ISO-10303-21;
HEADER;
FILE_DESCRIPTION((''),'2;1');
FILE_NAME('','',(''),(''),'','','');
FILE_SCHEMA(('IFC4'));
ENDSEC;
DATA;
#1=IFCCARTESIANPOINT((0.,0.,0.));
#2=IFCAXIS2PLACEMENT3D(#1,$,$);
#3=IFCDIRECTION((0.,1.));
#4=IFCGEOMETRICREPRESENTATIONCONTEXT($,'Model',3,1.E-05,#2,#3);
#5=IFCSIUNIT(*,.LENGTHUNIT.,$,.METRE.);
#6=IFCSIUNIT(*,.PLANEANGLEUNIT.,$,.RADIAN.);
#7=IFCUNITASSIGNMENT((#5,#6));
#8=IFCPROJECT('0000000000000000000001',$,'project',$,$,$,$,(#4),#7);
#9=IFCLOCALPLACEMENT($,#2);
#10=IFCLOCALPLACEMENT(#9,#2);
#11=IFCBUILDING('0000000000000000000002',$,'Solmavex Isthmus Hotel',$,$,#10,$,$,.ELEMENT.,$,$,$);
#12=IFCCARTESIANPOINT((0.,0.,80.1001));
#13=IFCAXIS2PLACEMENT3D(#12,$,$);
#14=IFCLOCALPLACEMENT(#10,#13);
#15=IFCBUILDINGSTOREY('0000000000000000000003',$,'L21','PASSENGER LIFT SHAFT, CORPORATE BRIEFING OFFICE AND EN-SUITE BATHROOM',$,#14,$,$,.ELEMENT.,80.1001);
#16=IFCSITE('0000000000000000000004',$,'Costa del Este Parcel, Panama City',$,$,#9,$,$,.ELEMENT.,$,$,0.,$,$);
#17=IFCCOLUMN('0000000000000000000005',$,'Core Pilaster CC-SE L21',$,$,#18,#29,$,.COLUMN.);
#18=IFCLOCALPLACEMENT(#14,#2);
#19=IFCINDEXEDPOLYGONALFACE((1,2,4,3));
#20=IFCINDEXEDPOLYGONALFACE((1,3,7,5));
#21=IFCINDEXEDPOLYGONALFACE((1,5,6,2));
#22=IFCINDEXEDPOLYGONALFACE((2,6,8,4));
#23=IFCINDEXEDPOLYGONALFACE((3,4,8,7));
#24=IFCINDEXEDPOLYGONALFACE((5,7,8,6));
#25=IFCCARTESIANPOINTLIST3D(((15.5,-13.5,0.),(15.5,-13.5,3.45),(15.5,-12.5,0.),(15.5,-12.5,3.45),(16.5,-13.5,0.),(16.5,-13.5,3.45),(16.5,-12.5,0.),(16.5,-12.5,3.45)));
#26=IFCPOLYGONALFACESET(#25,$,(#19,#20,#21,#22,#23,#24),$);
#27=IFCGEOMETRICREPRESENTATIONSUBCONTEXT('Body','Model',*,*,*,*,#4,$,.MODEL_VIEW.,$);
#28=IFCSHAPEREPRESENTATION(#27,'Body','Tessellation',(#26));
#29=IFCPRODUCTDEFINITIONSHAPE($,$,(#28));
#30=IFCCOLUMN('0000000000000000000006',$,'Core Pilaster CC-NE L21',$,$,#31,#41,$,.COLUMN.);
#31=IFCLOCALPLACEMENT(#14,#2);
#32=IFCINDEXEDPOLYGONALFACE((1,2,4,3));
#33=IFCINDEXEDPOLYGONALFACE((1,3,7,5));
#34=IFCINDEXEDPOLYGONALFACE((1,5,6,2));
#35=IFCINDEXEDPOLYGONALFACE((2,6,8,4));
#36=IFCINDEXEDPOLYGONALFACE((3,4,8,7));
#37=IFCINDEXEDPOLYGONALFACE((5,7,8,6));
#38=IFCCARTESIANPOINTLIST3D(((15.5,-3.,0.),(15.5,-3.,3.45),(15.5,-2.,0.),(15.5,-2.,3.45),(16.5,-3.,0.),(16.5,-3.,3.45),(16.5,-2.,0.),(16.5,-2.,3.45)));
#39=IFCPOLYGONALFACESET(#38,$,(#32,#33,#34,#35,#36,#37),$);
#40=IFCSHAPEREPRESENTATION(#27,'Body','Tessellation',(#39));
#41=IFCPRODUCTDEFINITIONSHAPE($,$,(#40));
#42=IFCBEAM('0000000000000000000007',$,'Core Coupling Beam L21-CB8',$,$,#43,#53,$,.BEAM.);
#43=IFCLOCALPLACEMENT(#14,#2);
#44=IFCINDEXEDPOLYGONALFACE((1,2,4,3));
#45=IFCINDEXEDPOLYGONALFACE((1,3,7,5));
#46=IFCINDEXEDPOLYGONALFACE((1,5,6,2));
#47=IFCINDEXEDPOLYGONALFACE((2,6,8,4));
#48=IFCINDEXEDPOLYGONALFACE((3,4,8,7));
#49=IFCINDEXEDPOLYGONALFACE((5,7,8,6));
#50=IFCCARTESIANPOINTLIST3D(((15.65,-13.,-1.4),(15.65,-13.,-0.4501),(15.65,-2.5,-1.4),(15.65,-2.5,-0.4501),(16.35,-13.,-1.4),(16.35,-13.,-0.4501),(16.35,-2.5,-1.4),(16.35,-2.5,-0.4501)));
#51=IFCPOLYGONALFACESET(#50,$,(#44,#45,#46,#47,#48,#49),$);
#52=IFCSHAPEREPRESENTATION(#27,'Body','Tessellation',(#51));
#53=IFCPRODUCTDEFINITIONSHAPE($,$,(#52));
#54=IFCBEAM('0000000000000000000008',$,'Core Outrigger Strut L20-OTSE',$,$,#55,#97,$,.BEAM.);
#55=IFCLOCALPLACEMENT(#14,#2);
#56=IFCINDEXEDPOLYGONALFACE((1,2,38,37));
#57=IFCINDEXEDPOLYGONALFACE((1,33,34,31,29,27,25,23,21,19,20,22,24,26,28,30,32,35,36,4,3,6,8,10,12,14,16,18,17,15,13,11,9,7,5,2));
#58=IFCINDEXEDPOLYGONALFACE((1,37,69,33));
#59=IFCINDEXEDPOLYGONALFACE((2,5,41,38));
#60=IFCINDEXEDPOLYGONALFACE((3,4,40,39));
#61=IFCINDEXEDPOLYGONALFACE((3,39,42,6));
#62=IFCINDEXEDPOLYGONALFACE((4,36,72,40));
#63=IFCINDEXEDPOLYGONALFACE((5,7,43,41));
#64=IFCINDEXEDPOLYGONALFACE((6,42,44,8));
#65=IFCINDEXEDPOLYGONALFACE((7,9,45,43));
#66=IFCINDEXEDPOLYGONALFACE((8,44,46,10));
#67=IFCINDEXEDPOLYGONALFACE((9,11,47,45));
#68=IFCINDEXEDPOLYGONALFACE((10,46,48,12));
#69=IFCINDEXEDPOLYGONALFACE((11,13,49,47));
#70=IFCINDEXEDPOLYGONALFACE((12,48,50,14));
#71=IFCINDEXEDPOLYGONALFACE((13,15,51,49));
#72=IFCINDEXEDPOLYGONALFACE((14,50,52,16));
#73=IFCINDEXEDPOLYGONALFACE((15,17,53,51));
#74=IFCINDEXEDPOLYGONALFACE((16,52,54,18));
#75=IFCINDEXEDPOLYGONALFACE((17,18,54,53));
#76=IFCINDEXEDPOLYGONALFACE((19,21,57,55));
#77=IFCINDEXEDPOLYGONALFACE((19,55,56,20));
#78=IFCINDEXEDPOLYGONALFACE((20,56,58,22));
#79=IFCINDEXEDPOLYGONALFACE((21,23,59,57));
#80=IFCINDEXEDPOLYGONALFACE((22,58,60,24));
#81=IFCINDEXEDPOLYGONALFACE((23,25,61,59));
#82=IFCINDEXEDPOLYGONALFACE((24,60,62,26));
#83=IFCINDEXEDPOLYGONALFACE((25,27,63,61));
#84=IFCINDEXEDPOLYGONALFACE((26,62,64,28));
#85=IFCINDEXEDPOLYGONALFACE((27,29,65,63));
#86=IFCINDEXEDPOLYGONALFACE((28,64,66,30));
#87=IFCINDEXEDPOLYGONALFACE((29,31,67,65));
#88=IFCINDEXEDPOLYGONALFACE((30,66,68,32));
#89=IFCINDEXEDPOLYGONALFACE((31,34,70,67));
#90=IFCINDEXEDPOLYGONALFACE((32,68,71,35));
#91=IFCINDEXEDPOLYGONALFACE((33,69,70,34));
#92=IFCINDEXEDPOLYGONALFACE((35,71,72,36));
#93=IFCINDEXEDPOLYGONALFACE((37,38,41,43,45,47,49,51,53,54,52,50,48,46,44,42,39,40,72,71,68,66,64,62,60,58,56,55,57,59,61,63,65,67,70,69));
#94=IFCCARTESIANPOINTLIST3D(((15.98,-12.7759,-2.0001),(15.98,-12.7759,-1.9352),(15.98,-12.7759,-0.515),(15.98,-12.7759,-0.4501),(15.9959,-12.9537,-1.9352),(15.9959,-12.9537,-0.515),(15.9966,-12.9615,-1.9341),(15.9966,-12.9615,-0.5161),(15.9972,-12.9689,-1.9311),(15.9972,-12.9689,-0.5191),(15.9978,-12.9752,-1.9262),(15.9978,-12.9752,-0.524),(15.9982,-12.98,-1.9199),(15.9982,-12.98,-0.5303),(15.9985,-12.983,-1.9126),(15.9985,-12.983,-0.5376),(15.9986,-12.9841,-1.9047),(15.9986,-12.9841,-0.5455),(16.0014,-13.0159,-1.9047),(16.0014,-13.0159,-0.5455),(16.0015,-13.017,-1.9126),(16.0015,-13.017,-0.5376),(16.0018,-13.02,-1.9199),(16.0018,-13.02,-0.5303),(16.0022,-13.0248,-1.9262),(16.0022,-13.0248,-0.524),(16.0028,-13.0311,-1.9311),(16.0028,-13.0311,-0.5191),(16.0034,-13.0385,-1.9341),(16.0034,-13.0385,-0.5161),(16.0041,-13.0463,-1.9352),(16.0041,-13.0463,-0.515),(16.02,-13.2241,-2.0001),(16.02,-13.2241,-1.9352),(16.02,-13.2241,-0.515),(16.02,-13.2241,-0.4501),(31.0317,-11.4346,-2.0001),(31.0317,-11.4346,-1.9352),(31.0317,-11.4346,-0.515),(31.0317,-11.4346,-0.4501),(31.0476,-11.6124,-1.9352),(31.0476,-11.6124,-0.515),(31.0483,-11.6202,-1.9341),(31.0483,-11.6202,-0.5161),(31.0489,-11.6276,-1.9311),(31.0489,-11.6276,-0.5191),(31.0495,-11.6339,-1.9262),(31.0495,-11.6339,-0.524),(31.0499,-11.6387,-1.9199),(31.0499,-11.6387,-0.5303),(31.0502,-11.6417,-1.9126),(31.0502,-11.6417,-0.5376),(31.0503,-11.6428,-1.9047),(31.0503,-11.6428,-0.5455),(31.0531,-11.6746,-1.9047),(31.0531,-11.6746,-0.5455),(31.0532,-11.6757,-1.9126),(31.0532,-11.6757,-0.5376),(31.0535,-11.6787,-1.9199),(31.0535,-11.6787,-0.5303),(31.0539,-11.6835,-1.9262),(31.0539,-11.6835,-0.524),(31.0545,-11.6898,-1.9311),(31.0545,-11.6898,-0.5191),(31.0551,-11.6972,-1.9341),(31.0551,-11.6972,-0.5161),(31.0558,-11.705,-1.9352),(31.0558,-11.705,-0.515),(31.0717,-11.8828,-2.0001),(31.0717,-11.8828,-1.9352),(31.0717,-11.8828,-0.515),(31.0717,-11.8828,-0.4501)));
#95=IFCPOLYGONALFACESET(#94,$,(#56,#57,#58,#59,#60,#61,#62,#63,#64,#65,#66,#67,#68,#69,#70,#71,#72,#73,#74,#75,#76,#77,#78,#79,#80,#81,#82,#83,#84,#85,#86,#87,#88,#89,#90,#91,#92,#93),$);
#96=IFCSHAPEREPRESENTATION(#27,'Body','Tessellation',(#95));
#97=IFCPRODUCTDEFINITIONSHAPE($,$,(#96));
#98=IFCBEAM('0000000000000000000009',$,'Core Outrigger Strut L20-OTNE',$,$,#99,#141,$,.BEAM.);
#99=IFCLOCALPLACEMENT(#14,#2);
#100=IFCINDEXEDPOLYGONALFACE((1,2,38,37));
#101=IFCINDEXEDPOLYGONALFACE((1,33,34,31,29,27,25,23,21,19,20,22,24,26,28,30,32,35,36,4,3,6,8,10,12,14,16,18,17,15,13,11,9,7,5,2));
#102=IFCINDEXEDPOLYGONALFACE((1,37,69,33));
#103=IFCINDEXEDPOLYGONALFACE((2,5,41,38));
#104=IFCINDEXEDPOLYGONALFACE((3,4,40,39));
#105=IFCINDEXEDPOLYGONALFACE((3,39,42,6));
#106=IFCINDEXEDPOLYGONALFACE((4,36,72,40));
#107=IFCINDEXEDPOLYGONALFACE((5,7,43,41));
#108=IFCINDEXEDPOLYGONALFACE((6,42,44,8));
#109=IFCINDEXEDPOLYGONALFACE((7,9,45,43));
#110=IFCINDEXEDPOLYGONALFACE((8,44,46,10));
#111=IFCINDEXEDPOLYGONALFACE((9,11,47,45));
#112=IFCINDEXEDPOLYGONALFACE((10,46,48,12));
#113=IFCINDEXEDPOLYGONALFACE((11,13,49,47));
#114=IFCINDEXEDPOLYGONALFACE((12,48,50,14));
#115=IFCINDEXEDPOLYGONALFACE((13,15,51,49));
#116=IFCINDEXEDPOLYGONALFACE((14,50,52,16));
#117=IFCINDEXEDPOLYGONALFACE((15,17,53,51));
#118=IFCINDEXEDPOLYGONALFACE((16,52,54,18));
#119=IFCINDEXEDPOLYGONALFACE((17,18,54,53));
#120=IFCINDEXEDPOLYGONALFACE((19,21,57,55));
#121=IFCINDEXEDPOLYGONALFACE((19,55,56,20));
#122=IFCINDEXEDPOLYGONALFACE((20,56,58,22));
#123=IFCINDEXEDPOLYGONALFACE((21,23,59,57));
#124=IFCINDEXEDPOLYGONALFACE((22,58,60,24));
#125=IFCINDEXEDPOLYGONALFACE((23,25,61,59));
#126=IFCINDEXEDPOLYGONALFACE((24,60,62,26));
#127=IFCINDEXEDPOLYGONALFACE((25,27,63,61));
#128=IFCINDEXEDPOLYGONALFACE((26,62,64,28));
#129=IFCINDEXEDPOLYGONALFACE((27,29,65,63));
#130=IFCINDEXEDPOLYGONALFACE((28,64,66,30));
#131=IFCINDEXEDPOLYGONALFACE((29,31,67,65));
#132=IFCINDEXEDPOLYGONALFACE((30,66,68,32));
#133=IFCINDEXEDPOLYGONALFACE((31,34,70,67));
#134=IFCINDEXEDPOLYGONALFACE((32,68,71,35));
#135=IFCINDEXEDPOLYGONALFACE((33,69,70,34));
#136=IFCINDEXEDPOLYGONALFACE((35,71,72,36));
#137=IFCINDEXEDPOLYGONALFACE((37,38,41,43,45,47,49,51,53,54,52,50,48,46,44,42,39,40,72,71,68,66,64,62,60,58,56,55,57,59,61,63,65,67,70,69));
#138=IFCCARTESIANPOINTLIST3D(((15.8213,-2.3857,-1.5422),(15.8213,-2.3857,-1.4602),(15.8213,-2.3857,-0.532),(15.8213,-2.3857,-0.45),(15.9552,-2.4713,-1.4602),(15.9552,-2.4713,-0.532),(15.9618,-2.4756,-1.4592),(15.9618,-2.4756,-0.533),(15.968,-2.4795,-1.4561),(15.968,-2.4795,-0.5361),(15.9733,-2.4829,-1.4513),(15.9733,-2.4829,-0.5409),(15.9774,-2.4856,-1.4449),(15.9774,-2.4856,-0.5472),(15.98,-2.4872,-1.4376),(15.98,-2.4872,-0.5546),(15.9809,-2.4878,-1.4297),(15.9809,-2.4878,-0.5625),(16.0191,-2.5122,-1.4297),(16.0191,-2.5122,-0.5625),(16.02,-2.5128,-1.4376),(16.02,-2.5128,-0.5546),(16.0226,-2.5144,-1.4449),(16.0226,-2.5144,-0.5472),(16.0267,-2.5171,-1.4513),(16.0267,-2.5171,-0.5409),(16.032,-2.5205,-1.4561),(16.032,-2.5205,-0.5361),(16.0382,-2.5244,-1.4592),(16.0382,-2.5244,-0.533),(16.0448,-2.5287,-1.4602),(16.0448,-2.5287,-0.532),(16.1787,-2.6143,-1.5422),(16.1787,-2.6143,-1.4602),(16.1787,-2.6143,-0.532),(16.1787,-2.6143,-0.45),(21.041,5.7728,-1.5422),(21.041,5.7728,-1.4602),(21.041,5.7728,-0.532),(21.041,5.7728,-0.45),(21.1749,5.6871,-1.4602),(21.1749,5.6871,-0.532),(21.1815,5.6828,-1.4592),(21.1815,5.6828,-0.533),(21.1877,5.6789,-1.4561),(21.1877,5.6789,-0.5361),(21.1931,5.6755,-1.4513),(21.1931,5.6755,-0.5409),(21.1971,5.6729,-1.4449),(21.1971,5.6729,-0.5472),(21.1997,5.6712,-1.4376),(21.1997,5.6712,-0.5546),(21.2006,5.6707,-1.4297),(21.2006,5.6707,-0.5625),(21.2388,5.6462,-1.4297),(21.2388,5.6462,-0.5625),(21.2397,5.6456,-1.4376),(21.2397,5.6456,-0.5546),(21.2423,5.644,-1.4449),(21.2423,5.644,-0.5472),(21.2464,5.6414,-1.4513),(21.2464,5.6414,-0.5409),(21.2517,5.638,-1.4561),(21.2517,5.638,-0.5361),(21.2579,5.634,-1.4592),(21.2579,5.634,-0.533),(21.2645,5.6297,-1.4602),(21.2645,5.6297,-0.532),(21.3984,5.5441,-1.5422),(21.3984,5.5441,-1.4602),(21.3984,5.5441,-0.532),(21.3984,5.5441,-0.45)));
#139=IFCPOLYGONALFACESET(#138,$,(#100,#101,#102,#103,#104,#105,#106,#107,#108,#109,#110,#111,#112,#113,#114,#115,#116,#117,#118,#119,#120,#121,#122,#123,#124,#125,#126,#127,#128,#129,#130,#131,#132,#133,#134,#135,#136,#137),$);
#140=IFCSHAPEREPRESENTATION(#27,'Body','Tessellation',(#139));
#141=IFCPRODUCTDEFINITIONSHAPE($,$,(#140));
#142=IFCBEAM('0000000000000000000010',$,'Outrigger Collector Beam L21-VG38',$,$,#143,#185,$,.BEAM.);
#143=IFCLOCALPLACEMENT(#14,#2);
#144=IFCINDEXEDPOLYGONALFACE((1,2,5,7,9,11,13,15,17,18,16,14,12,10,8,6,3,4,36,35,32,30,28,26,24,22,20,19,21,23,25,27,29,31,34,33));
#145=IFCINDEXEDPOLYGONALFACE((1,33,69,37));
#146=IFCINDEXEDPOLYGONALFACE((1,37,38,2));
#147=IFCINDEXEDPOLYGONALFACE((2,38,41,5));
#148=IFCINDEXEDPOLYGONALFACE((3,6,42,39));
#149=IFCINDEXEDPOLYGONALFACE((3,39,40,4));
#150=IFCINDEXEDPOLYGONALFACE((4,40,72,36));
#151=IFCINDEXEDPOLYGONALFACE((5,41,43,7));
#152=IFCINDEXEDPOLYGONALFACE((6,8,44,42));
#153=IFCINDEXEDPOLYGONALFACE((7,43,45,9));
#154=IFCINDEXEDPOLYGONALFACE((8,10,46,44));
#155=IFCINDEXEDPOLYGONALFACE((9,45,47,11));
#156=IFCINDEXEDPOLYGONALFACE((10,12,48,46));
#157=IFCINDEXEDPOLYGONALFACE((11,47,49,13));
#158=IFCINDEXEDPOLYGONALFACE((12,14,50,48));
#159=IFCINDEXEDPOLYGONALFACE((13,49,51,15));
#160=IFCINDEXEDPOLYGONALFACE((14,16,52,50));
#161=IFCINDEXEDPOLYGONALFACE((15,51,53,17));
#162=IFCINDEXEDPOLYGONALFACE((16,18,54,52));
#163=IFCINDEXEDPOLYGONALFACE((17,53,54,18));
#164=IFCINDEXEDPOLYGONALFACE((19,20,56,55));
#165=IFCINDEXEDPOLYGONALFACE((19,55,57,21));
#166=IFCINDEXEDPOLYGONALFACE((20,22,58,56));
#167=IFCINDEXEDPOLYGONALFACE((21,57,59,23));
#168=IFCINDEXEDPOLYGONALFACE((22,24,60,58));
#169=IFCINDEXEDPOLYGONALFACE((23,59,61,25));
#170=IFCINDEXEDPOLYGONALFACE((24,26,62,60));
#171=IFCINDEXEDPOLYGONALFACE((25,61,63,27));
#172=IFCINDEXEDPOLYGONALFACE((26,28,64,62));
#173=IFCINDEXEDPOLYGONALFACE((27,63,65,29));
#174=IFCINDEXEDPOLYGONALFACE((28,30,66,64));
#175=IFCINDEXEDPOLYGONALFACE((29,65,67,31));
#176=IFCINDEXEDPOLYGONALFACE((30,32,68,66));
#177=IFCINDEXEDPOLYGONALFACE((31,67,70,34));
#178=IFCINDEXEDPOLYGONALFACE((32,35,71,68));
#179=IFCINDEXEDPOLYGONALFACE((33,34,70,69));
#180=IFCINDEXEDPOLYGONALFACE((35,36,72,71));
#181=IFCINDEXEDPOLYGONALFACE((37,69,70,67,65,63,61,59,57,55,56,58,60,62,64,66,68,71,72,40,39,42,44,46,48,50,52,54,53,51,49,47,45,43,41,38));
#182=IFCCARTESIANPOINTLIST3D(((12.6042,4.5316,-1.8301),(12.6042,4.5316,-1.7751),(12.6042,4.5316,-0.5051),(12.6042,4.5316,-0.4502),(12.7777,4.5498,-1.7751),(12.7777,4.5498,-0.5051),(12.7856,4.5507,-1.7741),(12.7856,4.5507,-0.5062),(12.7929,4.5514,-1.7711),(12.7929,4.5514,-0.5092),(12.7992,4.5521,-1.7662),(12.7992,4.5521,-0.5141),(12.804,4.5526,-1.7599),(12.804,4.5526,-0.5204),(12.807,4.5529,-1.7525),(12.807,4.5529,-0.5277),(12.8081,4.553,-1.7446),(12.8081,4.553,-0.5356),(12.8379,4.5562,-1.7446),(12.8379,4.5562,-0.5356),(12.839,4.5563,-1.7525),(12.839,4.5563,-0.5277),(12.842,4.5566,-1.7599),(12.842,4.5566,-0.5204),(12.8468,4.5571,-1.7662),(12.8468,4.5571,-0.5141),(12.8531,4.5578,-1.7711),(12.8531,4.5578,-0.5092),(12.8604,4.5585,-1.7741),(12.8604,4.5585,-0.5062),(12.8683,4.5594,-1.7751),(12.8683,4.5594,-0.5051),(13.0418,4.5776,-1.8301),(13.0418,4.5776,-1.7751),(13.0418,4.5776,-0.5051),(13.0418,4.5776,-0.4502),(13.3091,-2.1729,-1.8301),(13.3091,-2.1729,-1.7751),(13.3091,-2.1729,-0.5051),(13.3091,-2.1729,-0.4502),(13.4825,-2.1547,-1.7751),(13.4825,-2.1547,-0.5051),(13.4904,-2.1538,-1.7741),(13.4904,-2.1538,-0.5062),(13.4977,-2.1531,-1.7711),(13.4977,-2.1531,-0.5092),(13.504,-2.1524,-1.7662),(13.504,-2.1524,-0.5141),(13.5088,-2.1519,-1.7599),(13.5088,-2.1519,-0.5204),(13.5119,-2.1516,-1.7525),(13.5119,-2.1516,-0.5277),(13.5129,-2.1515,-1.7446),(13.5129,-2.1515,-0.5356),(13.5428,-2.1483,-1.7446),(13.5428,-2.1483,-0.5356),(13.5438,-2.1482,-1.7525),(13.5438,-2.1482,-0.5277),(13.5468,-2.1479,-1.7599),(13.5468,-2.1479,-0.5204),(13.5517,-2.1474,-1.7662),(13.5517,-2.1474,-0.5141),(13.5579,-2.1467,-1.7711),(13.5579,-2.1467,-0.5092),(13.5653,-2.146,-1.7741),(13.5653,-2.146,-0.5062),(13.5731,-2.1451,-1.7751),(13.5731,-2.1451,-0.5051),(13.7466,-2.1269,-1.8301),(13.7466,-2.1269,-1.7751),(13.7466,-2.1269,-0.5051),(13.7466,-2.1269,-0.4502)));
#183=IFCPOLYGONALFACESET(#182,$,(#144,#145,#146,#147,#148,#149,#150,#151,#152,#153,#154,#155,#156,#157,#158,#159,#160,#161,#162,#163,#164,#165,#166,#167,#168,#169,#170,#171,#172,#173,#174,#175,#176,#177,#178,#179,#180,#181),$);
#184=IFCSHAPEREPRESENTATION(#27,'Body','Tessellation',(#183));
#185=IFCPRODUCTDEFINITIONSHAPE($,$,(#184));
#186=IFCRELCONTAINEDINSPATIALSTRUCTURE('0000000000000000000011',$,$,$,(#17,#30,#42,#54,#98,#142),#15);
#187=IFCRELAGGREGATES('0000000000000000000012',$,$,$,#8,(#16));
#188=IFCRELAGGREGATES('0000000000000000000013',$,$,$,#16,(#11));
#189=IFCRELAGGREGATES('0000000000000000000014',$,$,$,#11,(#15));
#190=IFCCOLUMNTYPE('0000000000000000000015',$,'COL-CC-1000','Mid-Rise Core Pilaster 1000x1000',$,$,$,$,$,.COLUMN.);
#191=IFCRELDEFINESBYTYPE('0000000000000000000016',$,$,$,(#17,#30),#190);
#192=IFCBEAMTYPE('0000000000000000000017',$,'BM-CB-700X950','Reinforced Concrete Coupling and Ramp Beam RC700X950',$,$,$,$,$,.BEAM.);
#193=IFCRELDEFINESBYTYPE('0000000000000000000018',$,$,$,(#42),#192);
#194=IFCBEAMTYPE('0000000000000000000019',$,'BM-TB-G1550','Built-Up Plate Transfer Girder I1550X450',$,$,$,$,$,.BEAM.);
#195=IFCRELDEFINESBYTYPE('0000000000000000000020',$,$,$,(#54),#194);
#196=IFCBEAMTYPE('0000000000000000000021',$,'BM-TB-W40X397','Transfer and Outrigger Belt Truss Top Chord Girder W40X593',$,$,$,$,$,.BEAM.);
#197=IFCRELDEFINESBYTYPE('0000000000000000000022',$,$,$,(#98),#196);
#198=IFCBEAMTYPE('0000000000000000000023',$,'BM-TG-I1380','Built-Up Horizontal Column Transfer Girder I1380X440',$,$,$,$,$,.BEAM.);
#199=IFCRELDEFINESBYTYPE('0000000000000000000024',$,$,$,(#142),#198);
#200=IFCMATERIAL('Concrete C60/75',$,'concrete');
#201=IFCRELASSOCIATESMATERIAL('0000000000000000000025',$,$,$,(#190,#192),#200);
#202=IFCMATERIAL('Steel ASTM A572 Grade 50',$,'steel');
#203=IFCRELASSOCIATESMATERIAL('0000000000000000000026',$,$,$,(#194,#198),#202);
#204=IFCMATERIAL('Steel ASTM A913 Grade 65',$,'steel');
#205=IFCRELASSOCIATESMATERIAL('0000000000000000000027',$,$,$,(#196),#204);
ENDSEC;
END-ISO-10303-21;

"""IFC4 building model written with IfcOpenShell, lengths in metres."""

from ifc_helpers import new_model, si_unit, direction, frame, origin, origin_2d, place, context, subcontext, project, spatial, rectangle, i_section, extrude, material, material_profile, profile_set, type_object, element, save


model = new_model("IFC4")

# Units and contexts
model_context = context("Model", 3, precision=1e-05, world=origin(), true_north=direction((0.0, 1.0)))
body_context = subcontext(model_context, "Body", "Model", "MODEL_VIEW")
ifc_project = project(units=[si_unit("LENGTHUNIT", "METRE"), si_unit("PLANEANGLEUNIT", "RADIAN")], contexts=[model_context])

# Site, building, storey
site_placement = place(None, origin())
site = spatial("IfcSite", under=ifc_project, at=site_placement, Name="Costa del Este Parcel, Panama City", CompositionType="ELEMENT", RefElevation=0.0)
building_placement = place(site_placement, origin())
building = spatial("IfcBuilding", under=site, at=building_placement, Name="Solmavex Isthmus Hotel", CompositionType="ELEMENT")
storey_placement = place(building_placement, frame((0.0, 0.0, 80.1001)))
storey = spatial("IfcBuildingStorey", under=building, at=storey_placement, Name="L21", Description="PASSENGER LIFT SHAFT, CORPORATE BRIEFING OFFICE AND EN-SUITE BATHROOM", CompositionType="ELEMENT", Elevation=80.1001)

# Columns
ifc_material_1 = material(Name="Concrete C60/75", Category="concrete")
ifc_material_profile_1 = material_profile(ifc_material_1, rectangle(XDim=1.0, YDim=1.0, at=origin_2d()), Name="RC1000X1000")
ifc_profile_set_1 = profile_set([ifc_material_profile_1], Name="Concrete C60/75")
column_type = type_object("IfcColumnType", Name="COL-CC-1000", Description="Mid-Rise Core Pilaster 1000x1000", PredefinedType="COLUMN", material=ifc_profile_set_1)
for number, where, z_axis, x_axis, name in (
    (1, (16.0, -13.0, 0.0), (0.0, 0.0, 1.0), (1.0, 0.0, 0.0), "Core Pilaster CC-SE L21"),
    (2, (16.0, -2.5, 0.0), (0.0, 0.0, 1.0), (1.0, 0.0, 0.0), "Core Pilaster CC-NE L21"),
):
    element("IfcColumn", number, at=place(storey_placement, frame(where, z_axis=z_axis, x_axis=x_axis)), inside=storey, type_object=column_type, Name=name, PredefinedType="COLUMN", context=body_context, shape_type="SweptSolid", body=[
        extrude(rectangle(XDim=1.0, YDim=1.0, at=origin_2d()), origin(), (0.0, 0.0, 1.0), 3.45),
    ])

# Beams
ifc_material_profile_2 = material_profile(ifc_material_1, rectangle(XDim=0.7, YDim=0.95, at=origin_2d()), Name="RC700X950")
ifc_profile_set_2 = profile_set([ifc_material_profile_2], Name="Concrete C60/75")
beam_type_1 = type_object("IfcBeamType", Name="BM-CB-700X950", Description="Reinforced Concrete Coupling and Ramp Beam RC700X950", PredefinedType="BEAM", material=ifc_profile_set_2)
beam_1_placement = place(storey_placement, frame((16.0, -13.0, -0.925), z_axis=(0.0, 1.0, 0.0), x_axis=(-1.0, 0.0, 0.0)))
element("IfcBeam", 3, at=beam_1_placement, inside=storey, type_object=beam_type_1, Name="Core Coupling Beam L21-CB8", PredefinedType="BEAM", context=body_context, shape_type="SweptSolid", body=[
    extrude(rectangle(XDim=0.7, YDim=0.95, at=origin_2d()), origin(), (0.0, 0.0, 1.0), 10.5),
])
ifc_material_2 = material(Name="Steel ASTM A572 Grade 50", Category="steel")
ifc_material_profile_3 = material_profile(ifc_material_2, i_section(OverallWidth=0.45, OverallDepth=1.55, WebThickness=0.032, FlangeThickness=0.0649, FilletRadius=0.0305, at=origin_2d()), Name="I1550X450")
ifc_profile_set_3 = profile_set([ifc_material_profile_3], Name="Steel ASTM A572 Grade 50")
beam_type_2 = type_object("IfcBeamType", Name="BM-TB-G1550", Description="Built-Up Plate Transfer Girder I1550X450", PredefinedType="BEAM", material=ifc_profile_set_3)
beam_2_placement = place(storey_placement, frame((16.0, -13.0, -1.2251), z_axis=(0.996053, 0.088761, 0.0), x_axis=(-0.088761, 0.996053, 0.0)))
element("IfcBeam", 4, at=beam_2_placement, inside=storey, type_object=beam_type_2, Name="Core Outrigger Strut L20-OTSE", PredefinedType="BEAM", context=body_context, shape_type="SweptSolid", body=[
    extrude(i_section(OverallWidth=0.45, OverallDepth=1.55, WebThickness=0.032, FlangeThickness=0.0649, FilletRadius=0.0305, at=origin_2d()), origin(), (0.0, 0.0, 1.0), 15.1113),
])
ifc_material_3 = material(Name="Steel ASTM A913 Grade 65", Category="steel")
ifc_material_profile_4 = material_profile(ifc_material_3, i_section(OverallWidth=0.4243, OverallDepth=1.0923, WebThickness=0.0454, FlangeThickness=0.082, FilletRadius=0.0305, at=origin_2d()), Name="W40X593")
ifc_profile_set_4 = profile_set([ifc_material_profile_4], Name="Steel ASTM A913 Grade 65")
beam_type_3 = type_object("IfcBeamType", Name="BM-TB-W40X397", Description="Transfer and Outrigger Belt Truss Top Chord Girder W40X593", PredefinedType="BEAM", material=ifc_profile_set_4)
beam_3_placement = place(storey_placement, frame((16.0, -2.5, -0.9961), z_axis=(0.538931, 0.84235, 0.0), x_axis=(-0.84235, 0.538931, 0.0)))
element("IfcBeam", 5, at=beam_3_placement, inside=storey, type_object=beam_type_3, Name="Core Outrigger Strut L20-OTNE", PredefinedType="BEAM", context=body_context, shape_type="SweptSolid", body=[
    extrude(i_section(OverallWidth=0.4243, OverallDepth=1.0923, WebThickness=0.0454, FlangeThickness=0.082, FilletRadius=0.0305, at=origin_2d()), origin(), (0.0, 0.0, 1.0), 9.6853),
])
ifc_material_profile_5 = material_profile(ifc_material_2, i_section(OverallWidth=0.4399, OverallDepth=1.3799, WebThickness=0.03, FlangeThickness=0.0549, FilletRadius=0.0305, at=origin_2d()), Name="I1380X440")
ifc_profile_set_5 = profile_set([ifc_material_profile_5], Name="Steel ASTM A572 Grade 50")
beam_type_4 = type_object("IfcBeamType", Name="BM-TG-I1380", Description="Built-Up Horizontal Column Transfer Girder I1380X440", PredefinedType="BEAM", material=ifc_profile_set_5)
beam_4_placement = place(storey_placement, frame((13.5278, -2.1499, -1.1401), z_axis=(-0.104551, 0.99452, 0.0), x_axis=(-0.99452, -0.104551, 0.0)))
element("IfcBeam", 6, at=beam_4_placement, inside=storey, type_object=beam_type_4, Name="Outrigger Collector Beam L21-VG38", PredefinedType="BEAM", context=body_context, shape_type="SweptSolid", body=[
    extrude(i_section(OverallWidth=0.4399, OverallDepth=1.3799, WebThickness=0.03, FlangeThickness=0.0549, FilletRadius=0.0305, at=origin_2d()), origin(), (0.0, 0.0, 1.0), 6.7415),
])

save(model, "model.ifc")
